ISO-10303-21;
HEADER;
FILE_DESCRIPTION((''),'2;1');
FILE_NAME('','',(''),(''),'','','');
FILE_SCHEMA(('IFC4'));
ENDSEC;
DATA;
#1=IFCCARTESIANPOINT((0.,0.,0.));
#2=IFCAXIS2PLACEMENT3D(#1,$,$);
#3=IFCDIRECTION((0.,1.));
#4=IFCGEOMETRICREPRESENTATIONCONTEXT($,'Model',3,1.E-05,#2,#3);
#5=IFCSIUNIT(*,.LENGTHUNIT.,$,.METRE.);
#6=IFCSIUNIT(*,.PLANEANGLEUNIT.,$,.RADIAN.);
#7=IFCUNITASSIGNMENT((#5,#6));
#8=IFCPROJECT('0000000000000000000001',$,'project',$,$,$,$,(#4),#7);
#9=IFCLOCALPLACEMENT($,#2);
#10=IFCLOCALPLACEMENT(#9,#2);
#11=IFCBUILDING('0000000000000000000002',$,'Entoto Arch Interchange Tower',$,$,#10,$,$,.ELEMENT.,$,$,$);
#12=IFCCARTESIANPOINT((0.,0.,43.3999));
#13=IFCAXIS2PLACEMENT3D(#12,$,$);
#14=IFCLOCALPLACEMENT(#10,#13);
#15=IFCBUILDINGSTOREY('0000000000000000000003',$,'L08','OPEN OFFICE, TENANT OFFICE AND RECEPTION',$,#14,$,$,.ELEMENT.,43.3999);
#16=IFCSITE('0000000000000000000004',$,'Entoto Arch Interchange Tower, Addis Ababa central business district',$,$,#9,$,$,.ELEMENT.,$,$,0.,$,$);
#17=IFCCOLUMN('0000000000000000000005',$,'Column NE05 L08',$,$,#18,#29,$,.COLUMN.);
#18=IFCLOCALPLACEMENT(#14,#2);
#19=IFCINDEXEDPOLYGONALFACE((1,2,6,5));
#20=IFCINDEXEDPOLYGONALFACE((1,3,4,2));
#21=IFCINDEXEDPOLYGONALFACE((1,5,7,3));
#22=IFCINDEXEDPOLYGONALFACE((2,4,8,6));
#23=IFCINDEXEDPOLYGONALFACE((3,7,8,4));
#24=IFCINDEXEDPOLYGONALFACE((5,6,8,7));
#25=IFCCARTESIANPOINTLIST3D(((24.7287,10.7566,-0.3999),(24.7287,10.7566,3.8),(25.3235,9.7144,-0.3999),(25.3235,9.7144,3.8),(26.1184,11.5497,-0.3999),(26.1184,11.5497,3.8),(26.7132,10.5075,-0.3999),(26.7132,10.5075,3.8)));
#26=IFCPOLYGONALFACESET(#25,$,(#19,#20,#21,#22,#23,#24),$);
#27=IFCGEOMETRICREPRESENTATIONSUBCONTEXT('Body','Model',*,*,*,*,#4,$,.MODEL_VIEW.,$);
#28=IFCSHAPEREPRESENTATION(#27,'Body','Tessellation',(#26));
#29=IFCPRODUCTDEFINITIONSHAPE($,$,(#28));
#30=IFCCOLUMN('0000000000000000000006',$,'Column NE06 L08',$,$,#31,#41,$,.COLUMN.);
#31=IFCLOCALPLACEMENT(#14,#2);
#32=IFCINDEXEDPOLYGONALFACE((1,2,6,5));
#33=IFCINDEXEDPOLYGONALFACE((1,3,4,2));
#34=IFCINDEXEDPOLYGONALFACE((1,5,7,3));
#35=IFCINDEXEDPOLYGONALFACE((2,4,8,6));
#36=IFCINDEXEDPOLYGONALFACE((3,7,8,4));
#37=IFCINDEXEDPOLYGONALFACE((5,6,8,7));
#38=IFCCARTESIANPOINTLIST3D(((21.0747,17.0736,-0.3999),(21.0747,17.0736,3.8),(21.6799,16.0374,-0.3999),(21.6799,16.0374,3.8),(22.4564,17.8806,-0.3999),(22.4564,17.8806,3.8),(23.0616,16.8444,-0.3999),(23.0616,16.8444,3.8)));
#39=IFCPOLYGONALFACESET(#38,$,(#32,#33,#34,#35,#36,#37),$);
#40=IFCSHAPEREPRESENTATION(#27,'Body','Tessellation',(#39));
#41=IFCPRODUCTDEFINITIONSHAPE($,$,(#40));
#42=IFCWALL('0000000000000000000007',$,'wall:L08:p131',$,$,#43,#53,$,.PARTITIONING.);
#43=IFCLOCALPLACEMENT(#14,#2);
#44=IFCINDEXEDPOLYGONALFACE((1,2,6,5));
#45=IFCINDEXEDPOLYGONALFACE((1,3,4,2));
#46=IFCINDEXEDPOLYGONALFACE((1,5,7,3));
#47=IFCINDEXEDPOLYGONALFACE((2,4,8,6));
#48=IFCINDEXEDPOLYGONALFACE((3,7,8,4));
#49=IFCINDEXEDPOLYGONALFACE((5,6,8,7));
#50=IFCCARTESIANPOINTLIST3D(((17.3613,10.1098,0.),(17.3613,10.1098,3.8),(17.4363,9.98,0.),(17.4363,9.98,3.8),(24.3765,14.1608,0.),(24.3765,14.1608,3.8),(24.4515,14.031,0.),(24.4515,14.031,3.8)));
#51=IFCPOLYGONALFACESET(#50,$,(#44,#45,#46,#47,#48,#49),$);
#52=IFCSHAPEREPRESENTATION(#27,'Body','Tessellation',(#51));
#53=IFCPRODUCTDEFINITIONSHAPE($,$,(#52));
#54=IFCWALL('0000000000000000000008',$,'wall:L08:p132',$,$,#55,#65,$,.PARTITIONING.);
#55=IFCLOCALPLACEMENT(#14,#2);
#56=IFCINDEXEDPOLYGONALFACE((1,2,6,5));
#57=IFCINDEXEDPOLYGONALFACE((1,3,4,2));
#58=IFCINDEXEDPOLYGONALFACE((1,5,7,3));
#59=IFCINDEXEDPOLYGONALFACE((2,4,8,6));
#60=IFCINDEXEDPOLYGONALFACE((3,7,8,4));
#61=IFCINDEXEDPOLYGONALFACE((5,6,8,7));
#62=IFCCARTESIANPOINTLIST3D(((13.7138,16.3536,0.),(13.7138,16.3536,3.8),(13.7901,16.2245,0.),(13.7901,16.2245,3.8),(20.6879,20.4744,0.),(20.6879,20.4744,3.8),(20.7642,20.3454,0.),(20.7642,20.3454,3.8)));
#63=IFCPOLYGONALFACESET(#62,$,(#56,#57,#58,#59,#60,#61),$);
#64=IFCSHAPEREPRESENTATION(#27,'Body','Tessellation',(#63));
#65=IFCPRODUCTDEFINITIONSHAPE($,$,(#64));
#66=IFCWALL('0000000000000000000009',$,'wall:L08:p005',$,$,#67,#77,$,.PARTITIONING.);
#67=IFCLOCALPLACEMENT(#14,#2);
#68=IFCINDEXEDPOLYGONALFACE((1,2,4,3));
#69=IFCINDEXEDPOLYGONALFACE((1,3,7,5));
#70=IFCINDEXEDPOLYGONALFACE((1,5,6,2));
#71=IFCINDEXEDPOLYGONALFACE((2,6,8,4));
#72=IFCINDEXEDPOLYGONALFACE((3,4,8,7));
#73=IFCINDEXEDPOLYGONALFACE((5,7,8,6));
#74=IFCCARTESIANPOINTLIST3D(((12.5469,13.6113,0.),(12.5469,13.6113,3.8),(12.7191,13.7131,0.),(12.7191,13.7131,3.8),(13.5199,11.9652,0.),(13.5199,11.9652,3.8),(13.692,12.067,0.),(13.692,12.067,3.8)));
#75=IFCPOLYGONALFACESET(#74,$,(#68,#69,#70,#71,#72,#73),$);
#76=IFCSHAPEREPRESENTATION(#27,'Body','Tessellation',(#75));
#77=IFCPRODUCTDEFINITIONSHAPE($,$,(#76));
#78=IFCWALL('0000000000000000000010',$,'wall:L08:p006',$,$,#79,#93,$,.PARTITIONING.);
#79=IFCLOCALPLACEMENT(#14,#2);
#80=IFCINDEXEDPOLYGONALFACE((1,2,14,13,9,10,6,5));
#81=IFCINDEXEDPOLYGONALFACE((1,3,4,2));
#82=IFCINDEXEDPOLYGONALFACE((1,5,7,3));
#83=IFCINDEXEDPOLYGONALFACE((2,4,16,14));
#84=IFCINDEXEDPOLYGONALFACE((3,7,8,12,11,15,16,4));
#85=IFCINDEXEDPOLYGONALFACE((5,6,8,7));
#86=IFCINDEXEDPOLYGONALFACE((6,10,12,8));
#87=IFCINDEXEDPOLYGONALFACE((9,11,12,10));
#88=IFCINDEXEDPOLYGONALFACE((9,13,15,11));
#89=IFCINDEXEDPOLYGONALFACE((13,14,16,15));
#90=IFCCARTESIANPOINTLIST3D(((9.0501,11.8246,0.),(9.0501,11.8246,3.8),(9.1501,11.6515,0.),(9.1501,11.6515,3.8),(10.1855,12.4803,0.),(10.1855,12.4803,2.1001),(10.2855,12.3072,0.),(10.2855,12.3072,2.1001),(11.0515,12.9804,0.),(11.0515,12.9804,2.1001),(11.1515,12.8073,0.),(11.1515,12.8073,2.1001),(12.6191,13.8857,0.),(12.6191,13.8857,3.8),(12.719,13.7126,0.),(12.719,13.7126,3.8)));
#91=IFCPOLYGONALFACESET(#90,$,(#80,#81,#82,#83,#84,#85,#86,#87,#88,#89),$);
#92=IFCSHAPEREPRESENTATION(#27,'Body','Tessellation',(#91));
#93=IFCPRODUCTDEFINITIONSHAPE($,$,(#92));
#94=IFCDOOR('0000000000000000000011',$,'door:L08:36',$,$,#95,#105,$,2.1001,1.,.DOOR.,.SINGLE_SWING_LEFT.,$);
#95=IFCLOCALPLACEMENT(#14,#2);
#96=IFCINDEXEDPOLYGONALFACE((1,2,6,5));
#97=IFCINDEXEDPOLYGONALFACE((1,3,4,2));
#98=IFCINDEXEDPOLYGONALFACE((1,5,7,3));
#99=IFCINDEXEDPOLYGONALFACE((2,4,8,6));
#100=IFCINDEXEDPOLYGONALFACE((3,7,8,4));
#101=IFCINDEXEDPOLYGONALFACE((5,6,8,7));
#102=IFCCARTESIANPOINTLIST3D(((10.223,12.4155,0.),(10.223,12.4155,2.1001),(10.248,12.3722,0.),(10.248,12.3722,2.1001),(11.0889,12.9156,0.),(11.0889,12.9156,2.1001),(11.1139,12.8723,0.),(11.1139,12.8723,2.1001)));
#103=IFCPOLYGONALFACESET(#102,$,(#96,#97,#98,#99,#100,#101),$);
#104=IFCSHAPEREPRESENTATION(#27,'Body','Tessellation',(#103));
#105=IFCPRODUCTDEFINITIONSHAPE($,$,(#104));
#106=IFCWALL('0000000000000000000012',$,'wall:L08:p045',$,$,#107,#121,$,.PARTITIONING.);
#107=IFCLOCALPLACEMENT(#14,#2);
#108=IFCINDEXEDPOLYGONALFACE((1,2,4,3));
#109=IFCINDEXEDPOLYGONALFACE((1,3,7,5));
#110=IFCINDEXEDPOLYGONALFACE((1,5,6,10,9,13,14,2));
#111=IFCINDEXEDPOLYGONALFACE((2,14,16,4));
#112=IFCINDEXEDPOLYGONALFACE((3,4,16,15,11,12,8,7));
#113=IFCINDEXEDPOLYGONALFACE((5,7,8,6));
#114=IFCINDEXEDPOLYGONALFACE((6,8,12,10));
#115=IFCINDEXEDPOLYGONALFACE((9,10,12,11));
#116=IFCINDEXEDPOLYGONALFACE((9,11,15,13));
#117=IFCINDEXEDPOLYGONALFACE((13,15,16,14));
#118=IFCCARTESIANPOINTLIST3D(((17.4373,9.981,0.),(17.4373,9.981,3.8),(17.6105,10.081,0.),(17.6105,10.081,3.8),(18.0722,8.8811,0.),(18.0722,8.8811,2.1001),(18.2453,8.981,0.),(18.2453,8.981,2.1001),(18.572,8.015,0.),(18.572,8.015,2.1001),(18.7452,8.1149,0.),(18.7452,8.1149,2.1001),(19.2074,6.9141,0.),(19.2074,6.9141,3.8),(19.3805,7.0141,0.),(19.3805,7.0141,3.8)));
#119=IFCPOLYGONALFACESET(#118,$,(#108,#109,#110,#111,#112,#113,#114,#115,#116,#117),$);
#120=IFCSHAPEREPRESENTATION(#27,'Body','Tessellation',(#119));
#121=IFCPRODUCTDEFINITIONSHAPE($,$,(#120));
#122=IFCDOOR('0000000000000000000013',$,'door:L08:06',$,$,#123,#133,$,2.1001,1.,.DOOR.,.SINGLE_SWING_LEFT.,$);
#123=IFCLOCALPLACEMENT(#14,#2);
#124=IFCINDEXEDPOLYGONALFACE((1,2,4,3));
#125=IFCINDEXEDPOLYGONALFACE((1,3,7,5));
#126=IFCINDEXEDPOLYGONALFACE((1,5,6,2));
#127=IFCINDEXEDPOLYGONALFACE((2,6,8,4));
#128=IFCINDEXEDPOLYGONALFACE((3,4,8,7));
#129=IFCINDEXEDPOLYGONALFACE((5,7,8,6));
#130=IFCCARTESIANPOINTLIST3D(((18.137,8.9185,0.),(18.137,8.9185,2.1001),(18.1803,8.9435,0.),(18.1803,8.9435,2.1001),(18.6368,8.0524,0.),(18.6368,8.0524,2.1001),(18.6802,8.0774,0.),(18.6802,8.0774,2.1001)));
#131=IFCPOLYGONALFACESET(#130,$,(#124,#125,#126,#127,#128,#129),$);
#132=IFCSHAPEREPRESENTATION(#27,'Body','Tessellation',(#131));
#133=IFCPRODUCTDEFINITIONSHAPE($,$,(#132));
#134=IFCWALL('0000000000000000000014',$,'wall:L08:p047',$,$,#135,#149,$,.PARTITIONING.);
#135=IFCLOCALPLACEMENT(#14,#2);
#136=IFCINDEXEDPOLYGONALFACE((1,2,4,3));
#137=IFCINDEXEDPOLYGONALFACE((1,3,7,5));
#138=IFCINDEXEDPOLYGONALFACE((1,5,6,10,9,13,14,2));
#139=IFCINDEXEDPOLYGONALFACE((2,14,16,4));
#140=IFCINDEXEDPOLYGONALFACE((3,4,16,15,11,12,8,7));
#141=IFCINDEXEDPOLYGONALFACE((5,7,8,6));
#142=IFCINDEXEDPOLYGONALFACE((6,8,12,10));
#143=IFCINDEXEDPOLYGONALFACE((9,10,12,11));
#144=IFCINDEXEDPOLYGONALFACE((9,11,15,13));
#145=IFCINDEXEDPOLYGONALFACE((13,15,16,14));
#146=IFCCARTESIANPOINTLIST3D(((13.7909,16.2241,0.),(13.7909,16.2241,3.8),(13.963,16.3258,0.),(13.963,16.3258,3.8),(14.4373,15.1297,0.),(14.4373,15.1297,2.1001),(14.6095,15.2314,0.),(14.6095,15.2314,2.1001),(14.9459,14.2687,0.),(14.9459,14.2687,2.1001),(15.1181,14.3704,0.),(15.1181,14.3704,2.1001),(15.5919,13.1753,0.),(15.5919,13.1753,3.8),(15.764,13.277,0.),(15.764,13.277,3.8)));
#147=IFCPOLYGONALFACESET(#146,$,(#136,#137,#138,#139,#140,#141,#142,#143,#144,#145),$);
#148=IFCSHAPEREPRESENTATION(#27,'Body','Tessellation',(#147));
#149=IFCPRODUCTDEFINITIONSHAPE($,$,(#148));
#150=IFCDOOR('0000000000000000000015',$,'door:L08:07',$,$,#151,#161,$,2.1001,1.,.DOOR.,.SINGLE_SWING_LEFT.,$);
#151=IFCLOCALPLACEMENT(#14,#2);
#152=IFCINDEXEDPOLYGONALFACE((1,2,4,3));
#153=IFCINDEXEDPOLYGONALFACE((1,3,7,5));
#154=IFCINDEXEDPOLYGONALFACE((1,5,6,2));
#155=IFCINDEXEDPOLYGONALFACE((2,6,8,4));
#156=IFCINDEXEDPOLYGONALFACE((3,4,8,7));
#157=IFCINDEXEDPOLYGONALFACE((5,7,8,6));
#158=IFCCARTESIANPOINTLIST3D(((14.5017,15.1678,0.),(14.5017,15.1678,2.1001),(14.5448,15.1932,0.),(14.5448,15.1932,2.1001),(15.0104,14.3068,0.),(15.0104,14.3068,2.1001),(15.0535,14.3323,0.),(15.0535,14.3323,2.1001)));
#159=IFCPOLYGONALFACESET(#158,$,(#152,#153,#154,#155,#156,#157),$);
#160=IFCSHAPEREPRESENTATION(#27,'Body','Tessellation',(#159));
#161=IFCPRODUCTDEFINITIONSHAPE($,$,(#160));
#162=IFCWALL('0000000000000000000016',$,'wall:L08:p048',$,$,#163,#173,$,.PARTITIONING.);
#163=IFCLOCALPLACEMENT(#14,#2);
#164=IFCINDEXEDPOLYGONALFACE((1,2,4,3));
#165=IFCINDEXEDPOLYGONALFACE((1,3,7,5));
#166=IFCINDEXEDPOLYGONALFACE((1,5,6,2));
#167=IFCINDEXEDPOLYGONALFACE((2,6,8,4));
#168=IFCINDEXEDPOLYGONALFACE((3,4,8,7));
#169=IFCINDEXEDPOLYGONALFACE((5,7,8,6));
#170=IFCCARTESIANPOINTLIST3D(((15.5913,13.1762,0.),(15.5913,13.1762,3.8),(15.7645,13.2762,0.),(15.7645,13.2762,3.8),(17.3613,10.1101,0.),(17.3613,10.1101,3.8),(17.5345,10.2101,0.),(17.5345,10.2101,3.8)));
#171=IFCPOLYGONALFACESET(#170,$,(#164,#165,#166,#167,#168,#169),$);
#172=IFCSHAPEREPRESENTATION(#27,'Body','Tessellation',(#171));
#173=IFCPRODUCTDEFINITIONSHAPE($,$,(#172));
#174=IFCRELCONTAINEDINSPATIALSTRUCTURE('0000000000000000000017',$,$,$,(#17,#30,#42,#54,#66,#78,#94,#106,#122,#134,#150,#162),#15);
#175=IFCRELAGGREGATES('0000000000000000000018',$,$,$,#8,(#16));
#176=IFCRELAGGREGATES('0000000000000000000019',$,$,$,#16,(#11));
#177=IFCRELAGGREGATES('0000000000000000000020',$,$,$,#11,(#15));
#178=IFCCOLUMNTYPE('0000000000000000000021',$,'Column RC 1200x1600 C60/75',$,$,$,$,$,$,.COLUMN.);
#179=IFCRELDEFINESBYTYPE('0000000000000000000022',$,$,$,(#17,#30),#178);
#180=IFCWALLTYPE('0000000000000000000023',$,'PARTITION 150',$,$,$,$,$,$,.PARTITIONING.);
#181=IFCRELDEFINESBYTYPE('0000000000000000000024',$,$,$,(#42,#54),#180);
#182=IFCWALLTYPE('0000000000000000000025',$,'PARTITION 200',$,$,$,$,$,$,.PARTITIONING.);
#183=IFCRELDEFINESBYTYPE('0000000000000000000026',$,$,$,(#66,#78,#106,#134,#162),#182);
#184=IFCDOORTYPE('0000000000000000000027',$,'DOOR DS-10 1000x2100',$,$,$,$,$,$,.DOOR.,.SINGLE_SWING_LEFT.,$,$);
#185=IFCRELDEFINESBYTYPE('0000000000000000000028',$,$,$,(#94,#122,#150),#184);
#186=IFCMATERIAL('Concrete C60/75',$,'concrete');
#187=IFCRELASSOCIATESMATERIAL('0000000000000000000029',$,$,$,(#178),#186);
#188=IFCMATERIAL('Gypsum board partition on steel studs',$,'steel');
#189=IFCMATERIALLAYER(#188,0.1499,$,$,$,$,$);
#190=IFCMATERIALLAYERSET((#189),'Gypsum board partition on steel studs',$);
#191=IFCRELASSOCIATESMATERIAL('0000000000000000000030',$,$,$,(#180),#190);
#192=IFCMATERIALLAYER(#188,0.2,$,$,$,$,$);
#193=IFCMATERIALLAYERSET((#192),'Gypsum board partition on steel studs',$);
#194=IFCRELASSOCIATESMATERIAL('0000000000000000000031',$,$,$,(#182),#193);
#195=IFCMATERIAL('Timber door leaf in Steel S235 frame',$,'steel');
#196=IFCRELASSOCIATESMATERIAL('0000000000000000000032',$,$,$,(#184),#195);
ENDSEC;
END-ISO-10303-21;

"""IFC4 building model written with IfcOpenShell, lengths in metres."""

from ifc_helpers import new_model, si_unit, direction, frame, frame_2d, origin, origin_2d, place, context, subcontext, project, spatial, rectangle, extrude, material, layer, layer_set, material_profile, profile_set, type_object, element, fill, save


model = new_model("IFC4")

# Units and contexts
model_context = context("Model", 3, precision=1e-05, world=origin(), true_north=direction((0.0, 1.0)))
body_context = subcontext(model_context, "Body", "Model", "MODEL_VIEW")
ifc_project = project(units=[si_unit("LENGTHUNIT", "METRE"), si_unit("PLANEANGLEUNIT", "RADIAN")], contexts=[model_context])

# Site, building, storey
site_placement = place(None, origin())
site = spatial("IfcSite", under=ifc_project, at=site_placement, Name="Entoto Arch Interchange Tower, Addis Ababa central business district", CompositionType="ELEMENT", RefElevation=0.0)
building_placement = place(site_placement, origin())
building = spatial("IfcBuilding", under=site, at=building_placement, Name="Entoto Arch Interchange Tower", CompositionType="ELEMENT")
storey_placement = place(building_placement, frame((0.0, 0.0, 43.3999)))
storey = spatial("IfcBuildingStorey", under=building, at=storey_placement, Name="L08", Description="OPEN OFFICE, TENANT OFFICE AND RECEPTION", CompositionType="ELEMENT", Elevation=43.3999)

# Columns
ifc_material_1 = material(Name="Concrete C60/75", Category="concrete")
ifc_material_profile = material_profile(ifc_material_1, rectangle(XDim=1.2, YDim=1.6001, at=origin_2d()))
ifc_profile_set = profile_set([ifc_material_profile], Name="Concrete C60/75")
column_type = type_object("IfcColumnType", Name="Column RC 1200x1600 C60/75", PredefinedType="COLUMN", material=ifc_profile_set)
for number, where, z_axis, x_axis, name in (
    (1, (25.7209, 10.6321, -0.3999), (0.0, 0.0, 1.0), (-0.495656, 0.868519, 0.0), "Column NE05 L08"),
    (2, (22.0681, 16.959, -0.3999), (0.0, 0.0, 1.0), (-0.504332, 0.86351, 0.0), "Column NE06 L08"),
):
    element("IfcColumn", number, at=place(storey_placement, frame(where, z_axis=z_axis, x_axis=x_axis)), inside=storey, type_object=column_type, Name=name, PredefinedType="COLUMN", context=body_context, shape_type="SweptSolid", body=[
        extrude(rectangle(XDim=1.2, YDim=1.6001, at=origin_2d()), origin(), (0.0, 0.0, 1.0), 4.2),
    ])

# Walls
ifc_material_2 = material(Name="Gypsum board partition on steel studs", Category="steel")
ifc_layer_1 = layer(ifc_material_2, 0.1499)
ifc_layer_set_1 = layer_set([ifc_layer_1], Name="Gypsum board partition on steel studs")
wall_type_1 = type_object("IfcWallType", Name="PARTITION 150", PredefinedType="PARTITIONING", material=ifc_layer_set_1)
wall_1_placement = place(storey_placement, frame((17.3989, 10.0449, 0.0), z_axis=(0.0, 0.0, 1.0), x_axis=(0.865981, 0.500077, 0.0)))
element("IfcWall", 3, at=wall_1_placement, inside=storey, type_object=wall_type_1, Name="wall:L08:p131", PredefinedType="PARTITIONING", context=body_context, shape_type="SweptSolid", body=[
    extrude(rectangle(XDim=8.1008, YDim=0.1499, at=frame_2d((4.0503, 0.0))), origin(), (0.0, 0.0, 1.0), 3.8),
])
wall_2_placement = place(storey_placement, frame((13.752, 16.2891, 0.0), z_axis=(0.0, 0.0, 1.0), x_axis=(0.860939, 0.508709, 0.0)))
element("IfcWall", 4, at=wall_2_placement, inside=storey, type_object=wall_type_1, Name="wall:L08:p132", PredefinedType="PARTITIONING", context=body_context, shape_type="SweptSolid", body=[
    extrude(rectangle(XDim=8.1006, YDim=0.1499, at=frame_2d((4.0503, 0.0))), origin(), (0.0, 0.0, 1.0), 3.8),
])
ifc_layer_2 = layer(ifc_material_2, 0.2)
ifc_layer_set_2 = layer_set([ifc_layer_2], Name="Gypsum board partition on steel studs")
wall_type_2 = type_object("IfcWallType", Name="PARTITION 200", PredefinedType="PARTITIONING", material=ifc_layer_set_2)
wall_3_placement = place(storey_placement, frame((13.606, 12.0161, 0.0), z_axis=(0.0, 0.0, 1.0), x_axis=(-0.508833, 0.860866, 0.0)))
element("IfcWall", 5, at=wall_3_placement, inside=storey, type_object=wall_type_2, Name="wall:L08:p005", PredefinedType="PARTITIONING", context=body_context, shape_type="SweptSolid", body=[
    extrude(rectangle(XDim=1.9121, YDim=0.2, at=frame_2d((0.9561, 0.0))), origin(), (0.0, 0.0, 1.0), 3.8),
])

# Walls, openings, doors
wall_4_placement = place(storey_placement, frame((12.6689, 13.7991, 0.0), z_axis=(0.0, 0.0, 1.0), x_axis=(-0.865967, -0.500102, 0.0)))
wall_4 = element("IfcWall", 6, at=wall_4_placement, inside=storey, type_object=wall_type_2, Name="wall:L08:p006", PredefinedType="PARTITIONING", context=body_context, shape_type="SweptSolid", body=[
    extrude(rectangle(XDim=4.1213, YDim=0.2, at=frame_2d((2.0605, 0.0))), origin(), (0.0, 0.0, 1.0), 3.8),
])
opening_1_placement = place(wall_4_placement, frame((1.8101, 0.0, 0.0)))
opening_1 = element("IfcOpeningElement", 7, at=opening_1_placement, cuts=wall_4, PredefinedType="OPENING", context=body_context, shape_type="SweptSolid", body=[
    extrude(rectangle(XDim=1.0, YDim=2.1001, at=frame_2d((0.5, 1.05))), frame((0.0, 0.1099, 0.0), z_axis=(0.0, -1.0, 0.0), x_axis=(1.0, 0.0, 0.0)), (0.0, 0.0, 1.0), 0.22),
])
ifc_material_3 = material(Name="Timber door leaf in Steel S235 frame", Category="steel")
door_type = type_object("IfcDoorType", Name="DOOR DS-10 1000x2100", OperationType="SINGLE_SWING_LEFT", PredefinedType="DOOR", material=ifc_material_3)
door_1_placement = place(opening_1_placement, origin())
door_1 = element("IfcDoor", 8, at=door_1_placement, inside=storey, type_object=door_type, Name="door:L08:36", OperationType="SINGLE_SWING_LEFT", OverallHeight=2.1001, OverallWidth=1.0, PredefinedType="DOOR", context=body_context, shape_type="SweptSolid", body=[
    extrude(rectangle(XDim=1.0, YDim=2.1001, at=frame_2d((0.5, 1.05))), frame((0.0, 0.0249, 0.0), z_axis=(0.0, -1.0, 0.0), x_axis=(1.0, 0.0, 0.0)), (0.0, 0.0, 1.0), 0.05),
])
fill(opening_1, door_1)
wall_5_placement = place(storey_placement, frame((17.5239, 10.031, 0.0), z_axis=(0.0, 0.0, 1.0), x_axis=(0.499862, -0.866105, 0.0)))
wall_5 = element("IfcWall", 9, at=wall_5_placement, inside=storey, type_object=wall_type_2, Name="wall:L08:p045", PredefinedType="PARTITIONING", context=body_context, shape_type="SweptSolid", body=[
    extrude(rectangle(XDim=3.541, YDim=0.2, at=frame_2d((1.7705, 0.0))), origin(), (0.0, 0.0, 1.0), 3.8),
])
opening_2_placement = place(wall_5_placement, frame((1.27, 0.0, 0.0)))
opening_2 = element("IfcOpeningElement", 10, at=opening_2_placement, cuts=wall_5, PredefinedType="OPENING", context=body_context, shape_type="SweptSolid", body=[
    extrude(rectangle(XDim=1.0, YDim=2.1001, at=frame_2d((0.5, 1.05))), frame((0.0, 0.1099, 0.0), z_axis=(0.0, -1.0, 0.0), x_axis=(1.0, 0.0, 0.0)), (0.0, 0.0, 1.0), 0.22),
])
door_2_placement = place(opening_2_placement, origin())
door_2 = element("IfcDoor", 11, at=door_2_placement, inside=storey, type_object=door_type, Name="door:L08:06", OperationType="SINGLE_SWING_LEFT", OverallHeight=2.1001, OverallWidth=1.0, PredefinedType="DOOR", context=body_context, shape_type="SweptSolid", body=[
    extrude(rectangle(XDim=1.0, YDim=2.1001, at=frame_2d((0.5, 1.05))), frame((0.0, 0.0249, 0.0), z_axis=(0.0, -1.0, 0.0), x_axis=(1.0, 0.0, 0.0)), (0.0, 0.0, 1.0), 0.05),
])
fill(opening_2, door_2)
wall_6_placement = place(storey_placement, frame((13.877, 16.2749, 0.0), z_axis=(0.0, 0.0, 1.0), x_axis=(0.508613, -0.860995, 0.0)))
wall_6 = element("IfcWall", 12, at=wall_6_placement, inside=storey, type_object=wall_type_2, Name="wall:L08:p047", PredefinedType="PARTITIONING", context=body_context, shape_type="SweptSolid", body=[
    extrude(rectangle(XDim=3.541, YDim=0.2, at=frame_2d((1.7705, 0.0))), origin(), (0.0, 0.0, 1.0), 3.8),
])
opening_3_placement = place(wall_6_placement, frame((1.271, 0.0, 0.0)))
opening_3 = element("IfcOpeningElement", 13, at=opening_3_placement, cuts=wall_6, PredefinedType="OPENING", context=body_context, shape_type="SweptSolid", body=[
    extrude(rectangle(XDim=1.0, YDim=2.1001, at=frame_2d((0.5, 1.05))), frame((0.0, 0.1099, 0.0), z_axis=(0.0, -1.0, 0.0), x_axis=(1.0, 0.0, 0.0)), (0.0, 0.0, 1.0), 0.22),
])
door_3_placement = place(opening_3_placement, origin())
door_3 = element("IfcDoor", 14, at=door_3_placement, inside=storey, type_object=door_type, Name="door:L08:07", OperationType="SINGLE_SWING_LEFT", OverallHeight=2.1001, OverallWidth=1.0, PredefinedType="DOOR", context=body_context, shape_type="SweptSolid", body=[
    extrude(rectangle(XDim=1.0, YDim=2.1001, at=frame_2d((0.5, 1.05))), frame((0.0, 0.0249, 0.0), z_axis=(0.0, -1.0, 0.0), x_axis=(1.0, 0.0, 0.0)), (0.0, 0.0, 1.0), 0.05),
])
fill(opening_3, door_3)

# Wall
wall_7_placement = place(storey_placement, frame((15.678, 13.2261, 0.0), z_axis=(0.0, 0.0, 1.0), x_axis=(0.499951, -0.866054, 0.0)))
element("IfcWall", 15, at=wall_7_placement, inside=storey, type_object=wall_type_2, Name="wall:L08:p048", PredefinedType="PARTITIONING", context=body_context, shape_type="SweptSolid", body=[
    extrude(rectangle(XDim=3.5403, YDim=0.2, at=frame_2d((1.77, 0.0))), origin(), (0.0, 0.0, 1.0), 3.8),
])

save(model, "model.ifc")
